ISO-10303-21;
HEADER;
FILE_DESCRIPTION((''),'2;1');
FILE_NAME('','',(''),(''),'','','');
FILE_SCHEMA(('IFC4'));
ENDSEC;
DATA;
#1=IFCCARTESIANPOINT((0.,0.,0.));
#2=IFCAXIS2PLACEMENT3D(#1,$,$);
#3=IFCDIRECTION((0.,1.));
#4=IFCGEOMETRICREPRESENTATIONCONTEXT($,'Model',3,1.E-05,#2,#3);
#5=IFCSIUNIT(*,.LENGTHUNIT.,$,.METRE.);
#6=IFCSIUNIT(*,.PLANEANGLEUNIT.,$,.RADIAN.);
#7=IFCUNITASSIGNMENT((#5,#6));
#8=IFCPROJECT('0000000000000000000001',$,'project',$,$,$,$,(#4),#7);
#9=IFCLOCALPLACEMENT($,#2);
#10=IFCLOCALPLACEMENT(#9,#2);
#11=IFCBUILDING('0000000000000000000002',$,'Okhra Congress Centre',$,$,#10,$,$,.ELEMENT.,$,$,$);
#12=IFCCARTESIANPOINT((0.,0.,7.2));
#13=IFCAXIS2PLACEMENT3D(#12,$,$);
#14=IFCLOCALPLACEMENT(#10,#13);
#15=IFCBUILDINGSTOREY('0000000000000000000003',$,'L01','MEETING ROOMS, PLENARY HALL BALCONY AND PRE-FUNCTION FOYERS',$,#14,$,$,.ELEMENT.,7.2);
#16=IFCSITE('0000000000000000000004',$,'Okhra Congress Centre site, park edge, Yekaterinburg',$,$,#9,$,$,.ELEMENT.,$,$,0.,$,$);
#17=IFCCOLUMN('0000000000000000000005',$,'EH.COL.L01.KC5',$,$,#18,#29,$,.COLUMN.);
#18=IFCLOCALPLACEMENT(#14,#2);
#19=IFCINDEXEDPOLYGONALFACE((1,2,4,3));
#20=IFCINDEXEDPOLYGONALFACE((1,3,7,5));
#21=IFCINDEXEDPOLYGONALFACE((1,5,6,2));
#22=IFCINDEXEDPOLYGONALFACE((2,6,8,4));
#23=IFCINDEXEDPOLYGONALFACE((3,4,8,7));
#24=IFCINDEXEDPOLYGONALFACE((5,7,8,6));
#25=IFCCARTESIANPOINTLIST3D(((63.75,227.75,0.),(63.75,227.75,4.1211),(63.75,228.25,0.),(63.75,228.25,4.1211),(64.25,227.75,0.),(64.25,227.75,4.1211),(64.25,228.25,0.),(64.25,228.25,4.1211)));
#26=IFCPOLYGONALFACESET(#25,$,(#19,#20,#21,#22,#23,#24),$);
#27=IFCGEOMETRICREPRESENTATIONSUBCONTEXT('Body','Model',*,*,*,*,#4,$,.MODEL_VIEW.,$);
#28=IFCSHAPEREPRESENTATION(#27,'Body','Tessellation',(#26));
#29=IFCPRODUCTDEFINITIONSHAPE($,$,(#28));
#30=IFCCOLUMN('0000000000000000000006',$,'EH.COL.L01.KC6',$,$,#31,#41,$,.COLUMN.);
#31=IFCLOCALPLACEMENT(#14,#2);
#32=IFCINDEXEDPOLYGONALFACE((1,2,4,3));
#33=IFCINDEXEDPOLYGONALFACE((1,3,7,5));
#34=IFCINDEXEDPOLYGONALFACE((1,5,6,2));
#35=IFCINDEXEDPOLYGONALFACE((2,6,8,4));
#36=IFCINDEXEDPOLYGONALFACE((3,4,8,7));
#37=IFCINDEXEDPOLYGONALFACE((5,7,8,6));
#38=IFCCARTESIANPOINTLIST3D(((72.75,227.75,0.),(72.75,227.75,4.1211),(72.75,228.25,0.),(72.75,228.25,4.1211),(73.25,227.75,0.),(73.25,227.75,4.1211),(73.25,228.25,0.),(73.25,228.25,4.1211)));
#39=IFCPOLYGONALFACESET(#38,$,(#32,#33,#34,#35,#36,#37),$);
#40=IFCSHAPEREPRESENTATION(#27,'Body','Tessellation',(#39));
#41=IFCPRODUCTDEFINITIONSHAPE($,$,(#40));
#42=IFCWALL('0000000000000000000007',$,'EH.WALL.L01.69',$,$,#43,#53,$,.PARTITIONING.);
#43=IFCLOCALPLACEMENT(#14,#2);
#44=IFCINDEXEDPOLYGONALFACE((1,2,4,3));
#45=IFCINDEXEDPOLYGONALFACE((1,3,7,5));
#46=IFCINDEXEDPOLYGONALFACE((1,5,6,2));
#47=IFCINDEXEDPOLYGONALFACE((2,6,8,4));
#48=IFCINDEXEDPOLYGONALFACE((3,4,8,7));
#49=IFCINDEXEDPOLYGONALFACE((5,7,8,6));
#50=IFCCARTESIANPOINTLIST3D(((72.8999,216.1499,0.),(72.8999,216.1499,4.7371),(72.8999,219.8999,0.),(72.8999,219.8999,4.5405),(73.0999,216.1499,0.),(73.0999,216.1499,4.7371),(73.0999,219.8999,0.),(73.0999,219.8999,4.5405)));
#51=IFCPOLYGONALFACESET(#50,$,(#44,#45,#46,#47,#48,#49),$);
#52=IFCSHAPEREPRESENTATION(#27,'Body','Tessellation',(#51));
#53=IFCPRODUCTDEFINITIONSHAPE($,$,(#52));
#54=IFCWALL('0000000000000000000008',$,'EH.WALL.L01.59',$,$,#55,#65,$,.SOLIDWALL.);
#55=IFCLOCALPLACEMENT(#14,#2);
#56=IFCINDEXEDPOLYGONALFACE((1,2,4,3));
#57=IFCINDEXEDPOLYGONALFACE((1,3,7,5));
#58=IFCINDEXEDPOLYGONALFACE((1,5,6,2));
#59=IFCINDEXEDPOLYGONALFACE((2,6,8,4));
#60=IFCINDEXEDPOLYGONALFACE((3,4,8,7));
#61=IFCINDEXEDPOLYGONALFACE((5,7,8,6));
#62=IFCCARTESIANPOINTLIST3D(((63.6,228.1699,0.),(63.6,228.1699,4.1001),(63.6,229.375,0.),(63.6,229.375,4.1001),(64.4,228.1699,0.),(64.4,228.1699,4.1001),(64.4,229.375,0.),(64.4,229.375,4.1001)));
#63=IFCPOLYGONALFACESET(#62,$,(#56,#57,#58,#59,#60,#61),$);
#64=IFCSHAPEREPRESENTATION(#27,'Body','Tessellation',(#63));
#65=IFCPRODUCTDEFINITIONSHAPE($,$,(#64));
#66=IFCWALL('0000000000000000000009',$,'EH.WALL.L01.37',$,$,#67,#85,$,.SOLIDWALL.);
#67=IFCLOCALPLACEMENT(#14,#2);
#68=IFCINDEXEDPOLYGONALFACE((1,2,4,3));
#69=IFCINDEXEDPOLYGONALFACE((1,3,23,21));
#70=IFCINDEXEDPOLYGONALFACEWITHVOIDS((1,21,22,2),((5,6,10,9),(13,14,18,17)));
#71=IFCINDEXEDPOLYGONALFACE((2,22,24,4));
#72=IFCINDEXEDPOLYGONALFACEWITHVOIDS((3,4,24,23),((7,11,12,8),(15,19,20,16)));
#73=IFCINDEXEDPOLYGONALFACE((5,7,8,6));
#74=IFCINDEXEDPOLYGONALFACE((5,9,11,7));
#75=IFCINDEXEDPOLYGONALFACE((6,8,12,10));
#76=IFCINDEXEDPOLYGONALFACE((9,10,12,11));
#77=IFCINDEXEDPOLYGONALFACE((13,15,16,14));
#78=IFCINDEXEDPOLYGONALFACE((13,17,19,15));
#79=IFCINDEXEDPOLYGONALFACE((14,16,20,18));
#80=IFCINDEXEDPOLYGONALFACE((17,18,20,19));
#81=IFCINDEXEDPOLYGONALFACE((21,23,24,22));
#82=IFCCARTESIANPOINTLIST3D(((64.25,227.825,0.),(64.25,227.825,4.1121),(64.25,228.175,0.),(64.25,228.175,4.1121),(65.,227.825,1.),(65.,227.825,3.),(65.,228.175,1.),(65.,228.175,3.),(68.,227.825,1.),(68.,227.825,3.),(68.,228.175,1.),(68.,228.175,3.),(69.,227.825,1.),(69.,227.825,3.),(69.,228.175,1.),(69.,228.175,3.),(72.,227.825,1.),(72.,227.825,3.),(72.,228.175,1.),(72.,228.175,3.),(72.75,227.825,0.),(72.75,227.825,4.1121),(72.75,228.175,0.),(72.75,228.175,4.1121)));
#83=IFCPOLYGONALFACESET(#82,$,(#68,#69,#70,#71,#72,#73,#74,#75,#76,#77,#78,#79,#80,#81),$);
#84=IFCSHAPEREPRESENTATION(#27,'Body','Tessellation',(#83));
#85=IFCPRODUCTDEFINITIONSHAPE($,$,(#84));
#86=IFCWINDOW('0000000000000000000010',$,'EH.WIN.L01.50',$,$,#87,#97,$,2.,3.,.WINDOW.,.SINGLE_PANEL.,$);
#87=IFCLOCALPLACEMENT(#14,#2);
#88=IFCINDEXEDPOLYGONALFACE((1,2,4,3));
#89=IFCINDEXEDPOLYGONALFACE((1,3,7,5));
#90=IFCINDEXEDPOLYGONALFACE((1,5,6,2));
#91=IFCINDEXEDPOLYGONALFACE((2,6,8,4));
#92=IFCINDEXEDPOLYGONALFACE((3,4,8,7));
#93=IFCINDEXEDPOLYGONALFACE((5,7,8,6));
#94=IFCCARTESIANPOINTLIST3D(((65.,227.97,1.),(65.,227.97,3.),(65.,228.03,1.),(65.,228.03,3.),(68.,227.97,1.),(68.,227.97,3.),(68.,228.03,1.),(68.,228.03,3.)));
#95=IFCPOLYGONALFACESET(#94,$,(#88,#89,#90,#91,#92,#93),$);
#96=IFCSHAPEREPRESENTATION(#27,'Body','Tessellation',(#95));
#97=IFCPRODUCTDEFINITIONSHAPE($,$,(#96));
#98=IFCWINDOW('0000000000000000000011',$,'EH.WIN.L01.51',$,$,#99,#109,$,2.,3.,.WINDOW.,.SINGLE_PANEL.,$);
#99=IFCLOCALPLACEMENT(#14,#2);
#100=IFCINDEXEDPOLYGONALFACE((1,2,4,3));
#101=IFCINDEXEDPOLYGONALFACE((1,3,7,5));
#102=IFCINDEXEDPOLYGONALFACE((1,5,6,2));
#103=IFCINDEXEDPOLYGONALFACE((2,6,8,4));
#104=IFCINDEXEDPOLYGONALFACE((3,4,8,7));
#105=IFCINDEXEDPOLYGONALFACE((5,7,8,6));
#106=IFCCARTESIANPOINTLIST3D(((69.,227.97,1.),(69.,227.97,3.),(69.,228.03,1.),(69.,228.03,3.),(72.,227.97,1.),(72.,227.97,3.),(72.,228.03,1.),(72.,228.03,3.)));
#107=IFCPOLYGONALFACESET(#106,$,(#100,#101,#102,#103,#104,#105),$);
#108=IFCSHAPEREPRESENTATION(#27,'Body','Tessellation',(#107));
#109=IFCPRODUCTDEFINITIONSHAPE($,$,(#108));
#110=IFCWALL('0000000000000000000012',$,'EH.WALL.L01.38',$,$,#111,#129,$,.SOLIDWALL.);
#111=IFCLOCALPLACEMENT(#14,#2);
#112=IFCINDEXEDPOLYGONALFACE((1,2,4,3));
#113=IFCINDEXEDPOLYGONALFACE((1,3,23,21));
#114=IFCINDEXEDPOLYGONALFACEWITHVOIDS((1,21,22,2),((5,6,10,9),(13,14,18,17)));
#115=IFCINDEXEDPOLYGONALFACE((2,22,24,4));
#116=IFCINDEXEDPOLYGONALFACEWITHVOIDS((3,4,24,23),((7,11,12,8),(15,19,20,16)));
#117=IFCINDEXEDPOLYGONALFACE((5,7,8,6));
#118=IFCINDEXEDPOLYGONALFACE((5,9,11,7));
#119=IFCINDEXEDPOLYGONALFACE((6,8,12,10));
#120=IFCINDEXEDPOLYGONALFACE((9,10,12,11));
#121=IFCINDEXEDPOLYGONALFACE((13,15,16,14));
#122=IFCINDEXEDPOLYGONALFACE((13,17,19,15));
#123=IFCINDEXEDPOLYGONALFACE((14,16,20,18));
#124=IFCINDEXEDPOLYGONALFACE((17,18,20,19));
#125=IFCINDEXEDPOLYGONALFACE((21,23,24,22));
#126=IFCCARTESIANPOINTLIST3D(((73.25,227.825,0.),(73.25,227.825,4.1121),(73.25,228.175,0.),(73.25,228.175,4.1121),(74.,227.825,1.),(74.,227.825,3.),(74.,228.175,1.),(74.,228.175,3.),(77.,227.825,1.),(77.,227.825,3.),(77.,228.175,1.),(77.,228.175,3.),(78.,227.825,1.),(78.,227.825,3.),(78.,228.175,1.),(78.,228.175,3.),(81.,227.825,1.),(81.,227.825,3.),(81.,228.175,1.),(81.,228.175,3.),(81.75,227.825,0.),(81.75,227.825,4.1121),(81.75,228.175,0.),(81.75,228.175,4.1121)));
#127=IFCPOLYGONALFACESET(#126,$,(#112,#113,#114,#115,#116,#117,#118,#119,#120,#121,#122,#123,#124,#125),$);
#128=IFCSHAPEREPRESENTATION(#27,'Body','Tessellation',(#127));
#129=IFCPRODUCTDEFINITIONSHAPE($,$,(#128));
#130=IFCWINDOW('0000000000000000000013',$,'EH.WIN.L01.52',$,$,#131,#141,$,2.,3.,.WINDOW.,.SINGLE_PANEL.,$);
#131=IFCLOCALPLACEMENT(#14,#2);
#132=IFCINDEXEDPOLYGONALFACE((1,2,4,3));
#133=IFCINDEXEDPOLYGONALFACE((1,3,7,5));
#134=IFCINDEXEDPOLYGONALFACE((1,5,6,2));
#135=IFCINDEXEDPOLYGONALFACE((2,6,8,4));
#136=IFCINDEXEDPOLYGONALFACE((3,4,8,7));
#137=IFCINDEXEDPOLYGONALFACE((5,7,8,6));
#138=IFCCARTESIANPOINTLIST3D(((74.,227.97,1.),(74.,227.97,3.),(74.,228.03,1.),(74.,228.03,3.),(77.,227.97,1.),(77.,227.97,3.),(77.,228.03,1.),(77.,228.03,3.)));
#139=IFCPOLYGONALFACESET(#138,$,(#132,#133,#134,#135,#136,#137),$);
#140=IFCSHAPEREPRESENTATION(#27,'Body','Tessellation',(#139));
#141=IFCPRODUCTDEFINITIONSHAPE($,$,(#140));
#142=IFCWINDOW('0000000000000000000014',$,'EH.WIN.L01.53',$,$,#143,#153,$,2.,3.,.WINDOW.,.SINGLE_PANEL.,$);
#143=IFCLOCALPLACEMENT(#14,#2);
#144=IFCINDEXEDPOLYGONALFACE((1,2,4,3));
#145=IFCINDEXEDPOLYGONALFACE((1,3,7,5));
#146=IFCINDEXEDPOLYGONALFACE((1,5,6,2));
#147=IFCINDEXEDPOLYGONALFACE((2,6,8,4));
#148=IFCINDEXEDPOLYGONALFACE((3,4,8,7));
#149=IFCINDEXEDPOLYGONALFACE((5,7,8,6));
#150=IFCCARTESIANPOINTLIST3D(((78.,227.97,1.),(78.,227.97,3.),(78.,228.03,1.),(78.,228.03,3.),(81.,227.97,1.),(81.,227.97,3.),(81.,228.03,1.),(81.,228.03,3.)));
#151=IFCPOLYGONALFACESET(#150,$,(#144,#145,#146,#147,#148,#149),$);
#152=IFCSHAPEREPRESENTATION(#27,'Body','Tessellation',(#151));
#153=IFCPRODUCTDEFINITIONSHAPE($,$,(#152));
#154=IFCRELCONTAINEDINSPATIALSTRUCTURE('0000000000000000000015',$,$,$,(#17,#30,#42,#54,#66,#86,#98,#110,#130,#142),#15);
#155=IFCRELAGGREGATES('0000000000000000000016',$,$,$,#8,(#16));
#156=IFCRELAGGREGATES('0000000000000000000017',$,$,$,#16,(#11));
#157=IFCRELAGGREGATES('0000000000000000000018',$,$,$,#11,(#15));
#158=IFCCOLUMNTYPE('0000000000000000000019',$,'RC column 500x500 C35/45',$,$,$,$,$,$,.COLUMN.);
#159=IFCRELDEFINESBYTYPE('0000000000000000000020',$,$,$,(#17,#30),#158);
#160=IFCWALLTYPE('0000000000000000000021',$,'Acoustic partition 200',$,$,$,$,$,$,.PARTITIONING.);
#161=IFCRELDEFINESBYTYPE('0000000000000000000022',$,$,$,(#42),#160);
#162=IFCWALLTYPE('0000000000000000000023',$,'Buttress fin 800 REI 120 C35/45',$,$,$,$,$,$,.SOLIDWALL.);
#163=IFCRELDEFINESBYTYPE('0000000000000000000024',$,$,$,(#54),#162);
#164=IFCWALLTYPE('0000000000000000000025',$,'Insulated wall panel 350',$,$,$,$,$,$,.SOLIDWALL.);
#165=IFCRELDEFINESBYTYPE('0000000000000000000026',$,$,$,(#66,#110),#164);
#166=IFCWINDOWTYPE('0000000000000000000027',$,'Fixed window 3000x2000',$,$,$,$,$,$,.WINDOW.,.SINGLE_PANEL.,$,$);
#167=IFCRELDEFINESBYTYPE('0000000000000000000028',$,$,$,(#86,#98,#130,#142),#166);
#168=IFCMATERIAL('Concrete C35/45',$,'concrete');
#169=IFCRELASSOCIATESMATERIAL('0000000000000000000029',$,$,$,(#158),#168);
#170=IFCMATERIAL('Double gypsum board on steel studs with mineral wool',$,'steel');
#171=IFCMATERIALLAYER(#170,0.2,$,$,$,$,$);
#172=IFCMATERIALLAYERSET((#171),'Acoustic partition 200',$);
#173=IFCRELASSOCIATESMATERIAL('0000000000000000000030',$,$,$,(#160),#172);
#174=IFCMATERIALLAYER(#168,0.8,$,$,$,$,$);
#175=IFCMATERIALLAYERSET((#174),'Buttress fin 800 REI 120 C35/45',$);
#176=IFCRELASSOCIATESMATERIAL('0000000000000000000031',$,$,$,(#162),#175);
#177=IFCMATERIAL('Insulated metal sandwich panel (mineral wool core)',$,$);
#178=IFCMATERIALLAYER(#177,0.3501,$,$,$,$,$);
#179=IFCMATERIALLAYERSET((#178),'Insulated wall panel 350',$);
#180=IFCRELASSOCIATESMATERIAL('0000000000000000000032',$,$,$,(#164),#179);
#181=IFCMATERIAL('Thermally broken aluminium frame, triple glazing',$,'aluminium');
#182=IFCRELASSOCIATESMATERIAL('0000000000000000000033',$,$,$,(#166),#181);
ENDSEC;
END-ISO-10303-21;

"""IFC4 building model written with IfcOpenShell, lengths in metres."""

from ifc_helpers import new_model, si_unit, direction, frame, frame_2d, origin, origin_2d, place, context, subcontext, project, spatial, polyline, rectangle, outline, extrude, material, layer, layer_set, material_profile, profile_set, type_object, element, fill, save


model = new_model("IFC4")

# Units and contexts
model_context = context("Model", 3, precision=1e-05, world=origin(), true_north=direction((0.0, 1.0)))
body_context = subcontext(model_context, "Body", "Model", "MODEL_VIEW")
ifc_project = project(units=[si_unit("LENGTHUNIT", "METRE"), si_unit("PLANEANGLEUNIT", "RADIAN")], contexts=[model_context])

# Site, building, storey
site_placement = place(None, origin())
site = spatial("IfcSite", under=ifc_project, at=site_placement, Name="Okhra Congress Centre site, park edge, Yekaterinburg", CompositionType="ELEMENT", RefElevation=0.0)
building_placement = place(site_placement, origin())
building = spatial("IfcBuilding", under=site, at=building_placement, Name="Okhra Congress Centre", CompositionType="ELEMENT")
storey_placement = place(building_placement, frame((0.0, 0.0, 7.2)))
storey = spatial("IfcBuildingStorey", under=building, at=storey_placement, Name="L01", Description="MEETING ROOMS, PLENARY HALL BALCONY AND PRE-FUNCTION FOYERS", CompositionType="ELEMENT", Elevation=7.2)

# Columns
ifc_material_1 = material(Name="Concrete C35/45", Category="concrete")
ifc_material_profile = material_profile(ifc_material_1, rectangle(XDim=0.5, YDim=0.5, at=origin_2d()), Name="RC 500x500")
ifc_profile_set = profile_set([ifc_material_profile], Name="Concrete C35/45")
column_type = type_object("IfcColumnType", Name="RC column 500x500 C35/45", PredefinedType="COLUMN", material=ifc_profile_set)
for number, where, z_axis, x_axis, name in (
    (1, (64.0, 228.0, 0.0), (0.0, 0.0, 1.0), (1.0, 0.0, 0.0), "EH.COL.L01.KC5"),
    (2, (73.0, 228.0, 0.0), (0.0, 0.0, 1.0), (1.0, 0.0, 0.0), "EH.COL.L01.KC6"),
):
    element("IfcColumn", number, at=place(storey_placement, frame(where, z_axis=z_axis, x_axis=x_axis)), inside=storey, type_object=column_type, Name=name, PredefinedType="COLUMN", context=body_context, shape_type="SweptSolid", body=[
        extrude(rectangle(XDim=0.5, YDim=0.5, at=origin_2d()), origin(), (0.0, 0.0, 1.0), 4.1211),
    ])

# Walls
ifc_material_2 = material(Name="Double gypsum board on steel studs with mineral wool", Category="steel")
ifc_layer_1 = layer(ifc_material_2, 0.2)
ifc_layer_set_1 = layer_set([ifc_layer_1], Name="Acoustic partition 200")
wall_type_1 = type_object("IfcWallType", Name="Acoustic partition 200", PredefinedType="PARTITIONING", material=ifc_layer_set_1)
wall_1_placement = place(storey_placement, frame((73.0, 216.1499, 0.0), z_axis=(0.0, 0.0, 1.0), x_axis=(0.0, 1.0, 0.0)))
element("IfcWall", 3, at=wall_1_placement, inside=storey, type_object=wall_type_1, Name="EH.WALL.L01.69", PredefinedType="PARTITIONING", context=body_context, shape_type="SweptSolid", body=[
    extrude(outline(polyline([(0.0, 0.0), (3.75, 0.0), (3.75, 4.5405), (0.0, 4.7371), (0.0, 0.0)])), frame((0.0, 0.1001, 0.0), z_axis=(0.0, -1.0, 0.0), x_axis=(1.0, 0.0, 0.0)), (0.0, 0.0, 1.0), 0.2),
])
ifc_layer_2 = layer(ifc_material_1, 0.8)
ifc_layer_set_2 = layer_set([ifc_layer_2], Name="Buttress fin 800 REI 120 C35/45")
wall_type_2 = type_object("IfcWallType", Name="Buttress fin 800 REI 120 C35/45", PredefinedType="SOLIDWALL", material=ifc_layer_set_2)
wall_2_placement = place(storey_placement, frame((64.0, 228.1699, 0.0), z_axis=(0.0, 0.0, 1.0), x_axis=(0.0, 1.0, 0.0)))
element("IfcWall", 4, at=wall_2_placement, inside=storey, type_object=wall_type_2, Name="EH.WALL.L01.59", PredefinedType="SOLIDWALL", context=body_context, shape_type="SweptSolid", body=[
    extrude(rectangle(XDim=1.2051, YDim=0.8, at=frame_2d((0.6025, 0.0))), origin(), (0.0, 0.0, 1.0), 4.1001),
])

# Walls, openings, windows
ifc_material_3 = material(Name="Insulated metal sandwich panel (mineral wool core)")
ifc_layer_3 = layer(ifc_material_3, 0.3501)
ifc_layer_set_3 = layer_set([ifc_layer_3], Name="Insulated wall panel 350")
wall_type_3 = type_object("IfcWallType", Name="Insulated wall panel 350", PredefinedType="SOLIDWALL", material=ifc_layer_set_3)
wall_3_placement = place(storey_placement, frame((64.25, 228.0, 0.0), z_axis=(0.0, 0.0, 1.0), x_axis=(1.0, 0.0, 0.0)))
wall_3 = element("IfcWall", 5, at=wall_3_placement, inside=storey, type_object=wall_type_3, Name="EH.WALL.L01.37", PredefinedType="SOLIDWALL", context=body_context, shape_type="SweptSolid", body=[
    extrude(rectangle(XDim=8.5, YDim=0.3501, at=frame_2d((4.25, 0.0))), origin(), (0.0, 0.0, 1.0), 4.1121),
])
opening_1_placement = place(wall_3_placement, frame((0.75, 0.0, 1.0)))
opening_1 = element("IfcOpeningElement", 6, at=opening_1_placement, cuts=wall_3, PredefinedType="OPENING", context=body_context, shape_type="SweptSolid", body=[
    extrude(rectangle(XDim=3.0, YDim=2.0, at=frame_2d((1.5, 1.0))), frame((0.0, 0.1851, 0.0), z_axis=(0.0, -1.0, 0.0), x_axis=(1.0, 0.0, 0.0)), (0.0, 0.0, 1.0), 0.3701),
])
opening_2_placement = place(wall_3_placement, frame((4.75, 0.0, 1.0)))
opening_2 = element("IfcOpeningElement", 7, at=opening_2_placement, cuts=wall_3, PredefinedType="OPENING", context=body_context, shape_type="SweptSolid", body=[
    extrude(rectangle(XDim=3.0, YDim=2.0, at=frame_2d((1.5, 1.0))), frame((0.0, 0.1851, 0.0), z_axis=(0.0, -1.0, 0.0), x_axis=(1.0, 0.0, 0.0)), (0.0, 0.0, 1.0), 0.3701),
])
ifc_material_4 = material(Name="Thermally broken aluminium frame, triple glazing", Category="aluminium")
window_type_1 = type_object("IfcWindowType", Name="Fixed window 3000x2000", PartitioningType="SINGLE_PANEL", PredefinedType="WINDOW", material=ifc_material_4)
window_1_placement = place(opening_1_placement, origin())
window_1 = element("IfcWindow", 8, at=window_1_placement, inside=storey, type_object=window_type_1, Name="EH.WIN.L01.50", OverallHeight=2.0, OverallWidth=3.0, PartitioningType="SINGLE_PANEL", PredefinedType="WINDOW", context=body_context, shape_type="SweptSolid", body=[
    extrude(rectangle(XDim=3.0, YDim=2.0, at=frame_2d((1.5, 1.0))), frame((0.0, 0.03, 0.0), z_axis=(0.0, -1.0, 0.0), x_axis=(1.0, 0.0, 0.0)), (0.0, 0.0, 1.0), 0.0601),
])
fill(opening_1, window_1)
window_2_placement = place(opening_2_placement, origin())
window_2 = element("IfcWindow", 9, at=window_2_placement, inside=storey, type_object=window_type_1, Name="EH.WIN.L01.51", OverallHeight=2.0, OverallWidth=3.0, PartitioningType="SINGLE_PANEL", PredefinedType="WINDOW", context=body_context, shape_type="SweptSolid", body=[
    extrude(rectangle(XDim=3.0, YDim=2.0, at=frame_2d((1.5, 1.0))), frame((0.0, 0.03, 0.0), z_axis=(0.0, -1.0, 0.0), x_axis=(1.0, 0.0, 0.0)), (0.0, 0.0, 1.0), 0.0601),
])
fill(opening_2, window_2)
wall_4_placement = place(storey_placement, frame((73.25, 228.0, 0.0), z_axis=(0.0, 0.0, 1.0), x_axis=(1.0, 0.0, 0.0)))
wall_4 = element("IfcWall", 10, at=wall_4_placement, inside=storey, type_object=wall_type_3, Name="EH.WALL.L01.38", PredefinedType="SOLIDWALL", context=body_context, shape_type="SweptSolid", body=[
    extrude(rectangle(XDim=8.5, YDim=0.3501, at=frame_2d((4.25, 0.0))), origin(), (0.0, 0.0, 1.0), 4.1121),
])
opening_3_placement = place(wall_4_placement, frame((0.75, 0.0, 1.0)))
opening_3 = element("IfcOpeningElement", 11, at=opening_3_placement, cuts=wall_4, PredefinedType="OPENING", context=body_context, shape_type="SweptSolid", body=[
    extrude(rectangle(XDim=3.0, YDim=2.0, at=frame_2d((1.5, 1.0))), frame((0.0, 0.1851, 0.0), z_axis=(0.0, -1.0, 0.0), x_axis=(1.0, 0.0, 0.0)), (0.0, 0.0, 1.0), 0.3701),
])
opening_4_placement = place(wall_4_placement, frame((4.75, 0.0, 1.0)))
opening_4 = element("IfcOpeningElement", 12, at=opening_4_placement, cuts=wall_4, PredefinedType="OPENING", context=body_context, shape_type="SweptSolid", body=[
    extrude(rectangle(XDim=3.0, YDim=2.0, at=frame_2d((1.5, 1.0))), frame((0.0, 0.1851, 0.0), z_axis=(0.0, -1.0, 0.0), x_axis=(1.0, 0.0, 0.0)), (0.0, 0.0, 1.0), 0.3701),
])
window_3_placement = place(opening_3_placement, origin())
window_3 = element("IfcWindow", 13, at=window_3_placement, inside=storey, type_object=window_type_1, Name="EH.WIN.L01.52", OverallHeight=2.0, OverallWidth=3.0, PartitioningType="SINGLE_PANEL", PredefinedType="WINDOW", context=body_context, shape_type="SweptSolid", body=[
    extrude(rectangle(XDim=3.0, YDim=2.0, at=frame_2d((1.5, 1.0))), frame((0.0, 0.03, 0.0), z_axis=(0.0, -1.0, 0.0), x_axis=(1.0, 0.0, 0.0)), (0.0, 0.0, 1.0), 0.0601),
])
fill(opening_3, window_3)
window_4_placement = place(opening_4_placement, origin())
window_4 = element("IfcWindow", 14, at=window_4_placement, inside=storey, type_object=window_type_1, Name="EH.WIN.L01.53", OverallHeight=2.0, OverallWidth=3.0, PartitioningType="SINGLE_PANEL", PredefinedType="WINDOW", context=body_context, shape_type="SweptSolid", body=[
    extrude(rectangle(XDim=3.0, YDim=2.0, at=frame_2d((1.5, 1.0))), frame((0.0, 0.03, 0.0), z_axis=(0.0, -1.0, 0.0), x_axis=(1.0, 0.0, 0.0)), (0.0, 0.0, 1.0), 0.0601),
])
fill(opening_4, window_4)

save(model, "model.ifc")
